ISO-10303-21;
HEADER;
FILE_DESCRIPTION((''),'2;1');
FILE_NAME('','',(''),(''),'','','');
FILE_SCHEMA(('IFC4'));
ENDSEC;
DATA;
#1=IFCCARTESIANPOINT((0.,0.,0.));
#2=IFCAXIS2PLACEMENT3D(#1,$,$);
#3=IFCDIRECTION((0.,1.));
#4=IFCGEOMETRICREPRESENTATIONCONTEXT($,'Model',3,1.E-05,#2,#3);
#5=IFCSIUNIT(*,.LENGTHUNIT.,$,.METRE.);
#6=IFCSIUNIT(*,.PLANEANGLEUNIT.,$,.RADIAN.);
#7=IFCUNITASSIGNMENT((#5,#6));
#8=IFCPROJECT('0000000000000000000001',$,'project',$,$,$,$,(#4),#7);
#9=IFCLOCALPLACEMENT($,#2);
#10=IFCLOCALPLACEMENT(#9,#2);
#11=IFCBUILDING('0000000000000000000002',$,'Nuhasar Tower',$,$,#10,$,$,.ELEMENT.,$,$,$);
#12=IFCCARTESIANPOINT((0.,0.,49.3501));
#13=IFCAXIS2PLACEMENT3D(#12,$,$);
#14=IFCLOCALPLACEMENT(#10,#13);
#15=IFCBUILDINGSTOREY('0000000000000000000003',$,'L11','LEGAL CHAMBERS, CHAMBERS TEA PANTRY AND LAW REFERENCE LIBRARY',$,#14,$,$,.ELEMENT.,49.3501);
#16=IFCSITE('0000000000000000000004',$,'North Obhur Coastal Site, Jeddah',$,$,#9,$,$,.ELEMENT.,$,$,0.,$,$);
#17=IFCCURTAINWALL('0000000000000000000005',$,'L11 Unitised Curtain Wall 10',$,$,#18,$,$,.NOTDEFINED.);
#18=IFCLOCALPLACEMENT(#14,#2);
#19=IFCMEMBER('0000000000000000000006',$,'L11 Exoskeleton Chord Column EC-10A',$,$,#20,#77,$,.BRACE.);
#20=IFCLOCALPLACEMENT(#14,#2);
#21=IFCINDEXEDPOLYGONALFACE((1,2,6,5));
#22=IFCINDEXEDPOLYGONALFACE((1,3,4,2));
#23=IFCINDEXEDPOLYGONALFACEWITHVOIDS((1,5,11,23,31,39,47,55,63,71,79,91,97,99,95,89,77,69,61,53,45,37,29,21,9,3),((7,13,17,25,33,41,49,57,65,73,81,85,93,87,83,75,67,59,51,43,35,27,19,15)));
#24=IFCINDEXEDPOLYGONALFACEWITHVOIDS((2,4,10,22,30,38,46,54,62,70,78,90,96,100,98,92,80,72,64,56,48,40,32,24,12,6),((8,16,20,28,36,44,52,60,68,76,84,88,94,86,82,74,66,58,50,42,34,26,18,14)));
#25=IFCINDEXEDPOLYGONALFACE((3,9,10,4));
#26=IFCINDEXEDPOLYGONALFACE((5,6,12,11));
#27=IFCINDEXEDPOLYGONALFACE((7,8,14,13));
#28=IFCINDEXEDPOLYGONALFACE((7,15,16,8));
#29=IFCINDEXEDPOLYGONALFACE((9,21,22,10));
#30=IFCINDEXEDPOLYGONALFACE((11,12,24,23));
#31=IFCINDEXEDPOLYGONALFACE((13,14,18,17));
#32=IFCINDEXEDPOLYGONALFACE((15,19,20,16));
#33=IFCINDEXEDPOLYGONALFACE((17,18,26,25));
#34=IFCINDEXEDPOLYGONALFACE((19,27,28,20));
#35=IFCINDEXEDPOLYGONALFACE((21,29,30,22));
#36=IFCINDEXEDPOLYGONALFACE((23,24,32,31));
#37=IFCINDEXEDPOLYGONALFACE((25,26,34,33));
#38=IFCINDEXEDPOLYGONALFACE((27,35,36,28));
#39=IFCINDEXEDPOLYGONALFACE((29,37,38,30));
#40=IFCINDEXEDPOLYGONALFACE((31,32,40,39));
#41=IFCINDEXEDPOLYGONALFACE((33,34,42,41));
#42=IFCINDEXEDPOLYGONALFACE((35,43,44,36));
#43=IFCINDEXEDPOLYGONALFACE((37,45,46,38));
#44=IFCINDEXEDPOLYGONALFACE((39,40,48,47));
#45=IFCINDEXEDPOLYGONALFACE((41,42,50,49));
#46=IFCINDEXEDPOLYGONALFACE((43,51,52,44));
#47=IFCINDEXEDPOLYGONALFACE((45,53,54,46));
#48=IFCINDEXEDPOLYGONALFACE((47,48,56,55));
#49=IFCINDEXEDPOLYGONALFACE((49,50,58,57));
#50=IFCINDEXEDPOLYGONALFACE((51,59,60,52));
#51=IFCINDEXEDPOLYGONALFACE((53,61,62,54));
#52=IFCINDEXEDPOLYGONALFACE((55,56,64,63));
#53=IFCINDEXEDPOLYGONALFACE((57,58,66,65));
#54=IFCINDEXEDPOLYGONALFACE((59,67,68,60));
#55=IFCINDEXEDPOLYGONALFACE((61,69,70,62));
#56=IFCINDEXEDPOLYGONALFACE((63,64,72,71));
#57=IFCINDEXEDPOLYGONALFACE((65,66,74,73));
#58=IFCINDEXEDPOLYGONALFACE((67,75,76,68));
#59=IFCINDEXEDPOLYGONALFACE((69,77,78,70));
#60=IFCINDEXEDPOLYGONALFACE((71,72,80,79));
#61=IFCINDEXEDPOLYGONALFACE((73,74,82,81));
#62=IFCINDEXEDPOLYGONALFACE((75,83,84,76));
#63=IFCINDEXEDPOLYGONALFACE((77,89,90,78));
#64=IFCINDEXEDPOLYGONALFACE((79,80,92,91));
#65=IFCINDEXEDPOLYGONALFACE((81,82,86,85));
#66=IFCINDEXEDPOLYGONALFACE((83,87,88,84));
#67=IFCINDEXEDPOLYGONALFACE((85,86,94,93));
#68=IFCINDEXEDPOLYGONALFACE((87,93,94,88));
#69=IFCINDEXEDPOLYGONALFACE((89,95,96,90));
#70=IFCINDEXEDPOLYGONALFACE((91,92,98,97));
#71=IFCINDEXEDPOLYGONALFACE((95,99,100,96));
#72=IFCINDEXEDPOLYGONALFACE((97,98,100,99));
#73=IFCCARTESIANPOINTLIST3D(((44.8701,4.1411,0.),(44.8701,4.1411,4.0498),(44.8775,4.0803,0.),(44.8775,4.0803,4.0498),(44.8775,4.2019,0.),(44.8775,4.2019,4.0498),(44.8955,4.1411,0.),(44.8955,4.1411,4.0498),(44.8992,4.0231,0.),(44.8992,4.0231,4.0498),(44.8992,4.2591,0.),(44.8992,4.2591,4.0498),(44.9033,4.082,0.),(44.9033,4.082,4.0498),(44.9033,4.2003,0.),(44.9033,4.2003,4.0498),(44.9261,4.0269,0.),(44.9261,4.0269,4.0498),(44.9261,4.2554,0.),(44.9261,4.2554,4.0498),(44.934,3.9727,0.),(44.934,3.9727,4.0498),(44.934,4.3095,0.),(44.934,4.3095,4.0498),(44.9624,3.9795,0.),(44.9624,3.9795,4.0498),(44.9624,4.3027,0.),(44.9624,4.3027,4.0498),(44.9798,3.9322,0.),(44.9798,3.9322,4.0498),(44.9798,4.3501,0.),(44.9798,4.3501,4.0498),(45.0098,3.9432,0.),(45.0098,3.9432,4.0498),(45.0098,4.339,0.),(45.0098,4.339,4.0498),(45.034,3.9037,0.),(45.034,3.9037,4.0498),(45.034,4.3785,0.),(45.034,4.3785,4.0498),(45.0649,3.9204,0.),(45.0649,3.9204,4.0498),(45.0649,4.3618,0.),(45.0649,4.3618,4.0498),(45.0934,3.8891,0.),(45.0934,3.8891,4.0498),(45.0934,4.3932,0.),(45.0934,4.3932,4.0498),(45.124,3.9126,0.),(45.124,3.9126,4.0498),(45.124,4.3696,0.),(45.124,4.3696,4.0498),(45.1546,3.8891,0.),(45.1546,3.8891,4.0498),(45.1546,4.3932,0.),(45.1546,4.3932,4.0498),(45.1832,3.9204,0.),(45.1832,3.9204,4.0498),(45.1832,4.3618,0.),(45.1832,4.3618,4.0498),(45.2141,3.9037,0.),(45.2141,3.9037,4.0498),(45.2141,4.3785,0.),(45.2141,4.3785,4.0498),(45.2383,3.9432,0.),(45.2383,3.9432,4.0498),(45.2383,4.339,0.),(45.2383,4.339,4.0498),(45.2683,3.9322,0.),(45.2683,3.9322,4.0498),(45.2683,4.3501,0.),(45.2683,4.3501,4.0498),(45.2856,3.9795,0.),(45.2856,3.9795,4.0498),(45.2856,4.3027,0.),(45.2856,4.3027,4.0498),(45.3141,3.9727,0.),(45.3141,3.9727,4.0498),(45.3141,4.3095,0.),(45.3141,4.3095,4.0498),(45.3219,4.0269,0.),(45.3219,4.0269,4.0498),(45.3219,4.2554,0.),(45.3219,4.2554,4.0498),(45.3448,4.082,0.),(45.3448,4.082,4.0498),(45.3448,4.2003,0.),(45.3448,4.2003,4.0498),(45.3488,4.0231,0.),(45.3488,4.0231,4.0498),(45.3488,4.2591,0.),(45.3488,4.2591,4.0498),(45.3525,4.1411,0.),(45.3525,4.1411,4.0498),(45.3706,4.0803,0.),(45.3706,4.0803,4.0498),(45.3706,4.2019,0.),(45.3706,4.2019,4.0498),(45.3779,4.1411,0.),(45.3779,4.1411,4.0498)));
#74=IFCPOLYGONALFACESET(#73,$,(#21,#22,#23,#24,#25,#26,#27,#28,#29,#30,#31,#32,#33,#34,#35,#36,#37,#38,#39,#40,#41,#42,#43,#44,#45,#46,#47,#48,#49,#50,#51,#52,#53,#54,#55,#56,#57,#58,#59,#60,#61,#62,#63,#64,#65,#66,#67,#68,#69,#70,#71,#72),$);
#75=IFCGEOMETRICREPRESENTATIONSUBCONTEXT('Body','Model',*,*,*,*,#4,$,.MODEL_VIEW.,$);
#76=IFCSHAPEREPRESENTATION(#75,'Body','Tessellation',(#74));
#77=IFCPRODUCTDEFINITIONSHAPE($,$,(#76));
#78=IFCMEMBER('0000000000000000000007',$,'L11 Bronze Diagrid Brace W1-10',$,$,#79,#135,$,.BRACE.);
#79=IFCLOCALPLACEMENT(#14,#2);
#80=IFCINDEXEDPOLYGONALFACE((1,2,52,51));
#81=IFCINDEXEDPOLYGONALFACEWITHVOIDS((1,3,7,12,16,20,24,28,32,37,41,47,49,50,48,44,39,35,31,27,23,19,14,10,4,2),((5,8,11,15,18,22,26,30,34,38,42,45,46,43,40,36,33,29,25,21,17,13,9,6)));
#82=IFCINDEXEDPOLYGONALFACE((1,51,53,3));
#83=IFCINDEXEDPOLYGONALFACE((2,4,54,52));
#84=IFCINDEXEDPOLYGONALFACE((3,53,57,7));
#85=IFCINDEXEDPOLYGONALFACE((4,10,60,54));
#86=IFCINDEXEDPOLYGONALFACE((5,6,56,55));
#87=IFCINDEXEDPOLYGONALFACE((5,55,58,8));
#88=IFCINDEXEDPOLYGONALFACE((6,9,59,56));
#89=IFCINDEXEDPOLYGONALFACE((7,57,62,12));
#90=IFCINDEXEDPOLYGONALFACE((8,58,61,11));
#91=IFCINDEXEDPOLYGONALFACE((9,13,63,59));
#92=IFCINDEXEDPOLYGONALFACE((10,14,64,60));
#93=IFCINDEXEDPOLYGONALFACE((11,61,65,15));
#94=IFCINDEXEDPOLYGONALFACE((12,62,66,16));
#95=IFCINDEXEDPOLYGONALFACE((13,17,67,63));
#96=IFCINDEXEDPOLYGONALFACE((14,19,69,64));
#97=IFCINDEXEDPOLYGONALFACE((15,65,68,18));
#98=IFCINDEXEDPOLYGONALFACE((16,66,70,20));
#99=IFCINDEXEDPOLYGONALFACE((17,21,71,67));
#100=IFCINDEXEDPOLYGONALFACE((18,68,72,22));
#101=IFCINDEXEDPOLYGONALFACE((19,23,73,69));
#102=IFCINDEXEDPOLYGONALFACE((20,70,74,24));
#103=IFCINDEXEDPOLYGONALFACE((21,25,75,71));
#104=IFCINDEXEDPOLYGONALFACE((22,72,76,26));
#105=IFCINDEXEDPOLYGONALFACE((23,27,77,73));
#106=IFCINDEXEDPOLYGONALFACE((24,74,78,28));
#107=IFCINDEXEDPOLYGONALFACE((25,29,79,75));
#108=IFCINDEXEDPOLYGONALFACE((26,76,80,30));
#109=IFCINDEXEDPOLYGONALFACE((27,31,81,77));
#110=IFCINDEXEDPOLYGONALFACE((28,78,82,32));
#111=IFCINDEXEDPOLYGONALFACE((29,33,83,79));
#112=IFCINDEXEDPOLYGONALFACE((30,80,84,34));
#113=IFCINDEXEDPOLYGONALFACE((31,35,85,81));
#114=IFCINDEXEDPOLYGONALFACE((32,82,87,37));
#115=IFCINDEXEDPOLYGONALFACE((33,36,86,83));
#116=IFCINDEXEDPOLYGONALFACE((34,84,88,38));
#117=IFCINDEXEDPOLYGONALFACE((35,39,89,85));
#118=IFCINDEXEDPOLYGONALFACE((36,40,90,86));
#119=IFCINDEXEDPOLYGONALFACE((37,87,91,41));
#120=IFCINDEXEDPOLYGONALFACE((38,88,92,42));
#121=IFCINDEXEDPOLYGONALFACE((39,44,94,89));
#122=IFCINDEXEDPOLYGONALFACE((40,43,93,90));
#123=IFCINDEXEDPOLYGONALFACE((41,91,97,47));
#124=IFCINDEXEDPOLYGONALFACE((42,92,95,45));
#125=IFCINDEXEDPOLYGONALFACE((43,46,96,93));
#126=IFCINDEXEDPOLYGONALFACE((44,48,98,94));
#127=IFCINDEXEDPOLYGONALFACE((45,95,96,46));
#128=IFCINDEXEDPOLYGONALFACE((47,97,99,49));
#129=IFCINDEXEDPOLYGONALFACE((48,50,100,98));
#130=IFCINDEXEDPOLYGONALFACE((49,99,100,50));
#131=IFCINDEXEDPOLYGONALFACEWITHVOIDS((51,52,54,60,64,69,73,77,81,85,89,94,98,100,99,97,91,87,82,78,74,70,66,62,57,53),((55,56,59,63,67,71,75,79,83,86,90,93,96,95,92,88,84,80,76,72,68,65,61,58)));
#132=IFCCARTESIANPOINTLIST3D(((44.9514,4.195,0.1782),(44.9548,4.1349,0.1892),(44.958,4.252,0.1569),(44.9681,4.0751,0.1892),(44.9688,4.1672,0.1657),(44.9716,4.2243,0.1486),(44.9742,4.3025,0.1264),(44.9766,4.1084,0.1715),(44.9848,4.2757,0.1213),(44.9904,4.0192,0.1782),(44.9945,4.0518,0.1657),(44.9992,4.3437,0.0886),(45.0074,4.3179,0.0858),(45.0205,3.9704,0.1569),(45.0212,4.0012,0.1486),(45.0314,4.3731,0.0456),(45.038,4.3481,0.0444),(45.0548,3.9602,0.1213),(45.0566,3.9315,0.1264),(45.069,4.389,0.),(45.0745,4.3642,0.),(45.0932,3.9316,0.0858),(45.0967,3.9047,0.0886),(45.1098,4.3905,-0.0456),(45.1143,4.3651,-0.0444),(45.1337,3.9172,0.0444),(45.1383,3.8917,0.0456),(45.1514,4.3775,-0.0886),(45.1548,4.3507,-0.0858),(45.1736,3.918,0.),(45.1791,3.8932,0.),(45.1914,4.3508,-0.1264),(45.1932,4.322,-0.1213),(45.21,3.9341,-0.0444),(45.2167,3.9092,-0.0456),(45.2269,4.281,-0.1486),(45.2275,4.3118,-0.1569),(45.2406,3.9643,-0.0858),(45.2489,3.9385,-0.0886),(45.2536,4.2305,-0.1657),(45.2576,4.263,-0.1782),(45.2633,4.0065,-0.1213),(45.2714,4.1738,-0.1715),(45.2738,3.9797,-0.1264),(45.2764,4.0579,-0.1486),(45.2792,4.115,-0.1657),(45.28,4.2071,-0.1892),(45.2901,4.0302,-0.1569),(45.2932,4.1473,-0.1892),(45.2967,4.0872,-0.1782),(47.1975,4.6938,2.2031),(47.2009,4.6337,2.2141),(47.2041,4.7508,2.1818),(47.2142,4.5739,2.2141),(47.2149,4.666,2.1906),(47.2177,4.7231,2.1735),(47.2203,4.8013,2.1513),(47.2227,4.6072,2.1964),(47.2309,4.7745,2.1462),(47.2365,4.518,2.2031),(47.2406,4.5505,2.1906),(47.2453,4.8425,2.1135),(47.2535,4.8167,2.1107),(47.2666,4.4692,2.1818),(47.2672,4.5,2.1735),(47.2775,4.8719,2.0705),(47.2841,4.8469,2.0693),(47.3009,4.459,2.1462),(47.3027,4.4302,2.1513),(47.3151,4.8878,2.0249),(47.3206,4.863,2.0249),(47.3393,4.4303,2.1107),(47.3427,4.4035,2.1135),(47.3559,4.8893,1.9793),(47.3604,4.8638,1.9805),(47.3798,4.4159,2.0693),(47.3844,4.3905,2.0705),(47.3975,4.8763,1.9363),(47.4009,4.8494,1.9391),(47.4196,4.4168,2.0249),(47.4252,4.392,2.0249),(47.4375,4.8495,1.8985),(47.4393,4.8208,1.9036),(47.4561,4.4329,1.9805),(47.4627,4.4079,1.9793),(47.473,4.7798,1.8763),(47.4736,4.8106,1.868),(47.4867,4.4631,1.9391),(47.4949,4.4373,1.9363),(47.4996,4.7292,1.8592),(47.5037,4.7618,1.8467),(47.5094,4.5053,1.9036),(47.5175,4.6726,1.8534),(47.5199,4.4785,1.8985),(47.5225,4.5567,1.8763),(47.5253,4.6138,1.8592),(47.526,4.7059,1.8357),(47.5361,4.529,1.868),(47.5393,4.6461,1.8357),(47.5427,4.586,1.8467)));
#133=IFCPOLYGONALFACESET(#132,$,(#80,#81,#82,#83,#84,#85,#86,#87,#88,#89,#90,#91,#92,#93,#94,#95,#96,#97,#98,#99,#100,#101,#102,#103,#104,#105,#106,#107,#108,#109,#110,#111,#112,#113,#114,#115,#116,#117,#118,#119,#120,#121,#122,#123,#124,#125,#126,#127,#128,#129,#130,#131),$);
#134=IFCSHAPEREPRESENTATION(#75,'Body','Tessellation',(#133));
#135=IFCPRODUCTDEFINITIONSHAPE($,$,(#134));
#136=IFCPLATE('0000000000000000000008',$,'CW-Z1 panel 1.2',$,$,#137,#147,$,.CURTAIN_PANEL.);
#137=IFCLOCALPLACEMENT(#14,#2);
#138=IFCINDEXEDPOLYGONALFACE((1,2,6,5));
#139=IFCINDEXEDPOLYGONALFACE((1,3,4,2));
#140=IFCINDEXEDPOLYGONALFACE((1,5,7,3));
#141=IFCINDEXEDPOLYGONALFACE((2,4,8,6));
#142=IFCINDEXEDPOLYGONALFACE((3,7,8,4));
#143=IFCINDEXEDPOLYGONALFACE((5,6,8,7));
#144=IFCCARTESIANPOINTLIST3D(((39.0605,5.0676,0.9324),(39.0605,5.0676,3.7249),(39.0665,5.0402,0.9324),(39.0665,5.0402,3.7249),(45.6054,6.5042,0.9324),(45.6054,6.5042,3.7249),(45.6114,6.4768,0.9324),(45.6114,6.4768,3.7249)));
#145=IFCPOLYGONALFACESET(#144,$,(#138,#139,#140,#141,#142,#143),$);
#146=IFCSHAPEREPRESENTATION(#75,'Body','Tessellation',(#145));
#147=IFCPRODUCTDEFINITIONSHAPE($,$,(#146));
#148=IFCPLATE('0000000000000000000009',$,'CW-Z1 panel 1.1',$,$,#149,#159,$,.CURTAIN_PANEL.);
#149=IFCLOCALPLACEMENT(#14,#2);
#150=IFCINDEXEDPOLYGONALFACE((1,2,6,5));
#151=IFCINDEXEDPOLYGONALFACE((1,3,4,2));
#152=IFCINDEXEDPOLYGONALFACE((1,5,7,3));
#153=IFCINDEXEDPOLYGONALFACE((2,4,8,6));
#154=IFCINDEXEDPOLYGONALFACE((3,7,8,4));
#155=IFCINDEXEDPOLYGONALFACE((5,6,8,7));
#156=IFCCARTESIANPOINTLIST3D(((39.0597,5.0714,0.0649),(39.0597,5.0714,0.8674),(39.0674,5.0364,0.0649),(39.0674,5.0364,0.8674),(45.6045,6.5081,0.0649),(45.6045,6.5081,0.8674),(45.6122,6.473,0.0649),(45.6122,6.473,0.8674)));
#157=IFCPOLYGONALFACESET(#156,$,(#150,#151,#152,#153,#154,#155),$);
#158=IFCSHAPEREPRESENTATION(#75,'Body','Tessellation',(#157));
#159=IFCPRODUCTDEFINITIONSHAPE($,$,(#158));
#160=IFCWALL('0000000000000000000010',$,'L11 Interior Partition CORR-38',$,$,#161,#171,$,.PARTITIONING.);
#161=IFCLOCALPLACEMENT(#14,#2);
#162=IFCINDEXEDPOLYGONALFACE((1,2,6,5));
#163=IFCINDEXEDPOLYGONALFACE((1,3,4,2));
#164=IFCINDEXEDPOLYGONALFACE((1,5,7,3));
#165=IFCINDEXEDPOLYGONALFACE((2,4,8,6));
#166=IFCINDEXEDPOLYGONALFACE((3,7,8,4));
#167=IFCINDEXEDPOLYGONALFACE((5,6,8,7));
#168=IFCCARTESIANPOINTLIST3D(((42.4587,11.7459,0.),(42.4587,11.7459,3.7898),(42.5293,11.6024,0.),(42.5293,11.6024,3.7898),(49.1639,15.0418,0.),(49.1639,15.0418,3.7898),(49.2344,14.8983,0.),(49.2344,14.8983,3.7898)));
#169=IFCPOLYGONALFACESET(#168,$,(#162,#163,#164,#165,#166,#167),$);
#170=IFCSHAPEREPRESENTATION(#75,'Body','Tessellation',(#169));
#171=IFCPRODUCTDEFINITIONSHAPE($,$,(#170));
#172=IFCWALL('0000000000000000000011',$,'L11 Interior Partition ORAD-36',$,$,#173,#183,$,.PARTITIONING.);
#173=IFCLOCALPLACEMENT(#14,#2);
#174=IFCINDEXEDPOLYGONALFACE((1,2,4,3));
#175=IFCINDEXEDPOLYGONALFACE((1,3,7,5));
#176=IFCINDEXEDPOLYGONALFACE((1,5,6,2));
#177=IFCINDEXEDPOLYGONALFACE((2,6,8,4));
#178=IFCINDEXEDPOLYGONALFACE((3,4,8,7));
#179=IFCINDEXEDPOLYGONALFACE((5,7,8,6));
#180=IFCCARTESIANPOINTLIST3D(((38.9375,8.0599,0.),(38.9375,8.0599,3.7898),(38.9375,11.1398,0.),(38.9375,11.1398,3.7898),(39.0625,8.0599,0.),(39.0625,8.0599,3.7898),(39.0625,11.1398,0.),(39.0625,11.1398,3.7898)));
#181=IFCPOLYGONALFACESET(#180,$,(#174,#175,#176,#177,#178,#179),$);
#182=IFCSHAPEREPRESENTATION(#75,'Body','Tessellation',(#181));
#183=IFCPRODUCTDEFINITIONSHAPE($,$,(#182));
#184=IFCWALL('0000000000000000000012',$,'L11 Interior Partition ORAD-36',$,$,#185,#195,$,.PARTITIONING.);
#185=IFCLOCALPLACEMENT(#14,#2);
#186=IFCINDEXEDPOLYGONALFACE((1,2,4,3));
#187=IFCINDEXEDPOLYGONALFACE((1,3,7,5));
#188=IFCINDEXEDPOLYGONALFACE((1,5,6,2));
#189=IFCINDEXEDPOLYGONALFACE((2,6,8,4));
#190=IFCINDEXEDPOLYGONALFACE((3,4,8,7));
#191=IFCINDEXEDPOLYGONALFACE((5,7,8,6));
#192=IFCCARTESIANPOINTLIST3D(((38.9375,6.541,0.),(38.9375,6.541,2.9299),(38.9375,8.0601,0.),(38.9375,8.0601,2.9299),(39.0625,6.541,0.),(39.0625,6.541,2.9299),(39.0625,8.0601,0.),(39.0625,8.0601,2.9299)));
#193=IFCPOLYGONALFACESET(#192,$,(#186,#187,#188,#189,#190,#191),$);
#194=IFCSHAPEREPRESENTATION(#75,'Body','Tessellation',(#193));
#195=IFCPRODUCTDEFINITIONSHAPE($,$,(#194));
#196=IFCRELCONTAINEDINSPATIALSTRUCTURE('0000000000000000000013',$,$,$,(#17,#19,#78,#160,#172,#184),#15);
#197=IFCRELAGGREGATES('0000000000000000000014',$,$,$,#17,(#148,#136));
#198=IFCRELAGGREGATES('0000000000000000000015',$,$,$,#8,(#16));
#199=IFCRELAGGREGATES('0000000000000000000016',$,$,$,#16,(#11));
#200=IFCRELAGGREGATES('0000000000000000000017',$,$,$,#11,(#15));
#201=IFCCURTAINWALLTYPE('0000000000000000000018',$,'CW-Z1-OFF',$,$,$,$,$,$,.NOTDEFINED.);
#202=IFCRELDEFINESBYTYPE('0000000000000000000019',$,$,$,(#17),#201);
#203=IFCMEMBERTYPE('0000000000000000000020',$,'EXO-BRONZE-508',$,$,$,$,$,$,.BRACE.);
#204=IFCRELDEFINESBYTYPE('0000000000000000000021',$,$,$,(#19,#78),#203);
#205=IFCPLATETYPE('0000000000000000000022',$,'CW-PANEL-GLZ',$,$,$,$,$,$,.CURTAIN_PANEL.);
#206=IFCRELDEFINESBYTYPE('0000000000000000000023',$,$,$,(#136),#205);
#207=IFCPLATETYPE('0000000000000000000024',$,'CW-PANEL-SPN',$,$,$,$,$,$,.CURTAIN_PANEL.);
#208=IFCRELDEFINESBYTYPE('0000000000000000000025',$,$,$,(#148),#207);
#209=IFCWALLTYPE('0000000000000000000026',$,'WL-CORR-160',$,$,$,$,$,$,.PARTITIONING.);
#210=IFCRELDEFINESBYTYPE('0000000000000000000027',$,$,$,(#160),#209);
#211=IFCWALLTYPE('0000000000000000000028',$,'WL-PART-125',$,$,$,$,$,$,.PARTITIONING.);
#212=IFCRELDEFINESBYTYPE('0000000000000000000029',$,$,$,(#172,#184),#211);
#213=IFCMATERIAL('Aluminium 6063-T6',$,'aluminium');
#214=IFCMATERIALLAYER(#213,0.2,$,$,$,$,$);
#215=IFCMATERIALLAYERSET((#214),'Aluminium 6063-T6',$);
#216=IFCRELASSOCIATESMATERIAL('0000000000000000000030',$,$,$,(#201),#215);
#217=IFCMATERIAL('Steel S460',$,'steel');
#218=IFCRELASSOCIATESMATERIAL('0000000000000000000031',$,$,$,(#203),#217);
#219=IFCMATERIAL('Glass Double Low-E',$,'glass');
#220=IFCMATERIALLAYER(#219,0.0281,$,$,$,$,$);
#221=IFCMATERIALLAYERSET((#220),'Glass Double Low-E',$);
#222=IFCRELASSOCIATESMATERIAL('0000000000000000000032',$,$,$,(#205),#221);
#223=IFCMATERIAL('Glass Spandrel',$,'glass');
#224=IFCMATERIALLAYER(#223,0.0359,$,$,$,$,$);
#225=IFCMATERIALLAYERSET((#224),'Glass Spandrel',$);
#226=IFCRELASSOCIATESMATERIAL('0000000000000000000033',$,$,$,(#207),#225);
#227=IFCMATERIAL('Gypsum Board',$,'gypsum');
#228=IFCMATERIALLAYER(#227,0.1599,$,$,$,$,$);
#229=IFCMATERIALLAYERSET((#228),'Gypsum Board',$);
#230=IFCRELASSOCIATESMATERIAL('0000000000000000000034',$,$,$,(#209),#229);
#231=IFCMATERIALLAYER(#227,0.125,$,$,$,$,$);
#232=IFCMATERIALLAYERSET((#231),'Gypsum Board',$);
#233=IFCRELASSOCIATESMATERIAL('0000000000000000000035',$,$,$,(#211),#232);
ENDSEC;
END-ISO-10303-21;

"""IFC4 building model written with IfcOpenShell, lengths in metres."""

from ifc_helpers import new_model, si_unit, direction, frame, frame_2d, origin, origin_2d, place, context, subcontext, project, spatial, rectangle, hollow_circle, extrude, material, layer, layer_set, material_profile, profile_set, type_object, element, aggregate, save


model = new_model("IFC4")

# Units and contexts
model_context = context("Model", 3, precision=1e-05, world=origin(), true_north=direction((0.0, 1.0)))
body_context = subcontext(model_context, "Body", "Model", "MODEL_VIEW")
ifc_project = project(units=[si_unit("LENGTHUNIT", "METRE"), si_unit("PLANEANGLEUNIT", "RADIAN")], contexts=[model_context])

# Site, building, storey
site_placement = place(None, origin())
site = spatial("IfcSite", under=ifc_project, at=site_placement, Name="North Obhur Coastal Site, Jeddah", CompositionType="ELEMENT", RefElevation=0.0)
building_placement = place(site_placement, origin())
building = spatial("IfcBuilding", under=site, at=building_placement, Name="Nuhasar Tower", CompositionType="ELEMENT")
storey_placement = place(building_placement, frame((0.0, 0.0, 49.3501)))
storey = spatial("IfcBuildingStorey", under=building, at=storey_placement, Name="L11", Description="LEGAL CHAMBERS, CHAMBERS TEA PANTRY AND LAW REFERENCE LIBRARY", CompositionType="ELEMENT", Elevation=49.3501)

# Curtain wall
ifc_material_1 = material(Name="Aluminium 6063-T6", Category="aluminium")
ifc_layer_1 = layer(ifc_material_1, 0.2)
ifc_layer_set_1 = layer_set([ifc_layer_1], Name="Aluminium 6063-T6")
curtain_wall_type = type_object("IfcCurtainWallType", Name="CW-Z1-OFF", PredefinedType="NOTDEFINED", material=ifc_layer_set_1)
curtain_wall_placement = place(storey_placement, origin())
curtain_wall = element("IfcCurtainWall", 1, at=curtain_wall_placement, inside=storey, type_object=curtain_wall_type, Name="L11 Unitised Curtain Wall 10", PredefinedType="NOTDEFINED")

# Members
ifc_material_2 = material(Name="Steel S460", Category="steel")
ifc_material_profile_1 = material_profile(ifc_material_2, hollow_circle(Radius=0.2539, WallThickness=0.0254, at=origin_2d()), Name="HSS508X25.4")
ifc_profile_set_1 = profile_set([ifc_material_profile_1], Name="Steel S460")
member_type_1 = type_object("IfcMemberType", Name="EXO-BRONZE-508", PredefinedType="BRACE", material=ifc_profile_set_1)
member_1_placement = place(storey_placement, frame((45.124, 4.1411, 0.0), z_axis=(0.0, 0.0, 1.0), x_axis=(1.0, 0.0, 0.0)))
element("IfcMember", 2, at=member_1_placement, inside=storey, type_object=member_type_1, Name="L11 Exoskeleton Chord Column EC-10A", PredefinedType="BRACE", context=body_context, shape_type="SweptSolid", body=[
    extrude(hollow_circle(Radius=0.2539, WallThickness=0.0254, at=origin_2d()), origin(), (0.0, 0.0, 1.0), 4.0498),
])
member_2_placement = place(storey_placement, frame((45.124, 4.1411, 0.0), z_axis=(0.732831, 0.162736, 0.660663), x_axis=(-0.216784, 0.97622, 0.0)))
element("IfcMember", 3, at=member_2_placement, inside=storey, type_object=member_type_1, Name="L11 Bronze Diagrid Brace W1-10", PredefinedType="BRACE", context=body_context, shape_type="SweptSolid", body=[
    extrude(hollow_circle(Radius=0.2539, WallThickness=0.0254, at=origin_2d()), origin(), (0.0, 0.0, 1.0), 3.0649),
])

# Plates
ifc_material_3 = material(Name="Glass Double Low-E", Category="glass")
ifc_layer_2 = layer(ifc_material_3, 0.0281)
ifc_layer_set_2 = layer_set([ifc_layer_2], Name="Glass Double Low-E")
plate_type_1 = type_object("IfcPlateType", Name="CW-PANEL-GLZ", PredefinedType="CURTAIN_PANEL", material=ifc_layer_set_2)
plate_1_placement = place(storey_placement, frame((42.3359, 5.7722, 0.9324), z_axis=(0.0, 0.0, 1.0), x_axis=(0.976746, 0.214399, 0.0)))
plate_1 = element("IfcPlate", 4, at=plate_1_placement, type_object=plate_type_1, Name="CW-Z1 panel 1.2", PredefinedType="CURTAIN_PANEL", context=body_context, shape_type="SweptSolid", body=[
    extrude(rectangle(XDim=6.7007, YDim=0.0281, at=origin_2d()), origin(), (0.0, 0.0, 1.0), 2.7925),
])
ifc_material_4 = material(Name="Glass Spandrel", Category="glass")
ifc_layer_3 = layer(ifc_material_4, 0.0359)
ifc_layer_set_3 = layer_set([ifc_layer_3], Name="Glass Spandrel")
plate_type_2 = type_object("IfcPlateType", Name="CW-PANEL-SPN", PredefinedType="CURTAIN_PANEL", material=ifc_layer_set_3)
plate_2_placement = place(storey_placement, frame((42.3359, 5.7722, 0.0649), z_axis=(0.0, 0.0, 1.0), x_axis=(0.976746, 0.214399, 0.0)))
plate_2 = element("IfcPlate", 5, at=plate_2_placement, type_object=plate_type_2, Name="CW-Z1 panel 1.1", PredefinedType="CURTAIN_PANEL", context=body_context, shape_type="SweptSolid", body=[
    extrude(rectangle(XDim=6.7007, YDim=0.0359, at=origin_2d()), origin(), (0.0, 0.0, 1.0), 0.8025),
])
aggregate(curtain_wall, [plate_2, plate_1])

# Shared definitions
ifc_material_5 = material(Name="Gypsum Board", Category="gypsum")
ifc_layer_4 = layer(ifc_material_5, 0.1599)
ifc_layer_set_4 = layer_set([ifc_layer_4], Name="Gypsum Board")
wall_type_1 = type_object("IfcWallType", Name="WL-CORR-160", PredefinedType="PARTITIONING", material=ifc_layer_set_4)

# Wall
wall_1_placement = place(storey_placement, frame((42.4939, 11.6741, 0.0), z_axis=(0.0, 0.0, 1.0), x_axis=(0.897439, 0.441138, 0.0)))
element("IfcWall", 6, at=wall_1_placement, inside=storey, type_object=wall_type_1, Name="L11 Interior Partition CORR-38", PredefinedType="PARTITIONING", context=body_context, shape_type="SweptSolid", body=[
    extrude(rectangle(XDim=7.4714, YDim=0.1599, at=frame_2d((3.7358, 0.0))), origin(), (0.0, 0.0, 1.0), 3.7898),
])

# Walls
ifc_layer_5 = layer(ifc_material_5, 0.125)
ifc_layer_set_5 = layer_set([ifc_layer_5], Name="Gypsum Board")
wall_type_2 = type_object("IfcWallType", Name="WL-PART-125", PredefinedType="PARTITIONING", material=ifc_layer_set_5)
wall_2_placement = place(storey_placement, frame((39.0, 11.1399, 0.0), z_axis=(0.0, 0.0, 1.0), x_axis=(0.0, -1.0, 0.0)))
element("IfcWall", 7, at=wall_2_placement, inside=storey, type_object=wall_type_2, Name="L11 Interior Partition ORAD-36", PredefinedType="PARTITIONING", context=body_context, shape_type="SweptSolid", body=[
    extrude(rectangle(XDim=3.0798, YDim=0.125, at=frame_2d((1.54, 0.0))), origin(), (0.0, 0.0, 1.0), 3.7898),
])
wall_3_placement = place(storey_placement, frame((39.0, 8.0601, 0.0), z_axis=(0.0, 0.0, 1.0), x_axis=(0.0, -1.0, 0.0)))
element("IfcWall", 8, at=wall_3_placement, inside=storey, type_object=wall_type_2, Name="L11 Interior Partition ORAD-36", PredefinedType="PARTITIONING", context=body_context, shape_type="SweptSolid", body=[
    extrude(rectangle(XDim=1.519, YDim=0.125, at=frame_2d((0.7595, 0.0))), origin(), (0.0, 0.0, 1.0), 2.9299),
])

save(model, "model.ifc")
